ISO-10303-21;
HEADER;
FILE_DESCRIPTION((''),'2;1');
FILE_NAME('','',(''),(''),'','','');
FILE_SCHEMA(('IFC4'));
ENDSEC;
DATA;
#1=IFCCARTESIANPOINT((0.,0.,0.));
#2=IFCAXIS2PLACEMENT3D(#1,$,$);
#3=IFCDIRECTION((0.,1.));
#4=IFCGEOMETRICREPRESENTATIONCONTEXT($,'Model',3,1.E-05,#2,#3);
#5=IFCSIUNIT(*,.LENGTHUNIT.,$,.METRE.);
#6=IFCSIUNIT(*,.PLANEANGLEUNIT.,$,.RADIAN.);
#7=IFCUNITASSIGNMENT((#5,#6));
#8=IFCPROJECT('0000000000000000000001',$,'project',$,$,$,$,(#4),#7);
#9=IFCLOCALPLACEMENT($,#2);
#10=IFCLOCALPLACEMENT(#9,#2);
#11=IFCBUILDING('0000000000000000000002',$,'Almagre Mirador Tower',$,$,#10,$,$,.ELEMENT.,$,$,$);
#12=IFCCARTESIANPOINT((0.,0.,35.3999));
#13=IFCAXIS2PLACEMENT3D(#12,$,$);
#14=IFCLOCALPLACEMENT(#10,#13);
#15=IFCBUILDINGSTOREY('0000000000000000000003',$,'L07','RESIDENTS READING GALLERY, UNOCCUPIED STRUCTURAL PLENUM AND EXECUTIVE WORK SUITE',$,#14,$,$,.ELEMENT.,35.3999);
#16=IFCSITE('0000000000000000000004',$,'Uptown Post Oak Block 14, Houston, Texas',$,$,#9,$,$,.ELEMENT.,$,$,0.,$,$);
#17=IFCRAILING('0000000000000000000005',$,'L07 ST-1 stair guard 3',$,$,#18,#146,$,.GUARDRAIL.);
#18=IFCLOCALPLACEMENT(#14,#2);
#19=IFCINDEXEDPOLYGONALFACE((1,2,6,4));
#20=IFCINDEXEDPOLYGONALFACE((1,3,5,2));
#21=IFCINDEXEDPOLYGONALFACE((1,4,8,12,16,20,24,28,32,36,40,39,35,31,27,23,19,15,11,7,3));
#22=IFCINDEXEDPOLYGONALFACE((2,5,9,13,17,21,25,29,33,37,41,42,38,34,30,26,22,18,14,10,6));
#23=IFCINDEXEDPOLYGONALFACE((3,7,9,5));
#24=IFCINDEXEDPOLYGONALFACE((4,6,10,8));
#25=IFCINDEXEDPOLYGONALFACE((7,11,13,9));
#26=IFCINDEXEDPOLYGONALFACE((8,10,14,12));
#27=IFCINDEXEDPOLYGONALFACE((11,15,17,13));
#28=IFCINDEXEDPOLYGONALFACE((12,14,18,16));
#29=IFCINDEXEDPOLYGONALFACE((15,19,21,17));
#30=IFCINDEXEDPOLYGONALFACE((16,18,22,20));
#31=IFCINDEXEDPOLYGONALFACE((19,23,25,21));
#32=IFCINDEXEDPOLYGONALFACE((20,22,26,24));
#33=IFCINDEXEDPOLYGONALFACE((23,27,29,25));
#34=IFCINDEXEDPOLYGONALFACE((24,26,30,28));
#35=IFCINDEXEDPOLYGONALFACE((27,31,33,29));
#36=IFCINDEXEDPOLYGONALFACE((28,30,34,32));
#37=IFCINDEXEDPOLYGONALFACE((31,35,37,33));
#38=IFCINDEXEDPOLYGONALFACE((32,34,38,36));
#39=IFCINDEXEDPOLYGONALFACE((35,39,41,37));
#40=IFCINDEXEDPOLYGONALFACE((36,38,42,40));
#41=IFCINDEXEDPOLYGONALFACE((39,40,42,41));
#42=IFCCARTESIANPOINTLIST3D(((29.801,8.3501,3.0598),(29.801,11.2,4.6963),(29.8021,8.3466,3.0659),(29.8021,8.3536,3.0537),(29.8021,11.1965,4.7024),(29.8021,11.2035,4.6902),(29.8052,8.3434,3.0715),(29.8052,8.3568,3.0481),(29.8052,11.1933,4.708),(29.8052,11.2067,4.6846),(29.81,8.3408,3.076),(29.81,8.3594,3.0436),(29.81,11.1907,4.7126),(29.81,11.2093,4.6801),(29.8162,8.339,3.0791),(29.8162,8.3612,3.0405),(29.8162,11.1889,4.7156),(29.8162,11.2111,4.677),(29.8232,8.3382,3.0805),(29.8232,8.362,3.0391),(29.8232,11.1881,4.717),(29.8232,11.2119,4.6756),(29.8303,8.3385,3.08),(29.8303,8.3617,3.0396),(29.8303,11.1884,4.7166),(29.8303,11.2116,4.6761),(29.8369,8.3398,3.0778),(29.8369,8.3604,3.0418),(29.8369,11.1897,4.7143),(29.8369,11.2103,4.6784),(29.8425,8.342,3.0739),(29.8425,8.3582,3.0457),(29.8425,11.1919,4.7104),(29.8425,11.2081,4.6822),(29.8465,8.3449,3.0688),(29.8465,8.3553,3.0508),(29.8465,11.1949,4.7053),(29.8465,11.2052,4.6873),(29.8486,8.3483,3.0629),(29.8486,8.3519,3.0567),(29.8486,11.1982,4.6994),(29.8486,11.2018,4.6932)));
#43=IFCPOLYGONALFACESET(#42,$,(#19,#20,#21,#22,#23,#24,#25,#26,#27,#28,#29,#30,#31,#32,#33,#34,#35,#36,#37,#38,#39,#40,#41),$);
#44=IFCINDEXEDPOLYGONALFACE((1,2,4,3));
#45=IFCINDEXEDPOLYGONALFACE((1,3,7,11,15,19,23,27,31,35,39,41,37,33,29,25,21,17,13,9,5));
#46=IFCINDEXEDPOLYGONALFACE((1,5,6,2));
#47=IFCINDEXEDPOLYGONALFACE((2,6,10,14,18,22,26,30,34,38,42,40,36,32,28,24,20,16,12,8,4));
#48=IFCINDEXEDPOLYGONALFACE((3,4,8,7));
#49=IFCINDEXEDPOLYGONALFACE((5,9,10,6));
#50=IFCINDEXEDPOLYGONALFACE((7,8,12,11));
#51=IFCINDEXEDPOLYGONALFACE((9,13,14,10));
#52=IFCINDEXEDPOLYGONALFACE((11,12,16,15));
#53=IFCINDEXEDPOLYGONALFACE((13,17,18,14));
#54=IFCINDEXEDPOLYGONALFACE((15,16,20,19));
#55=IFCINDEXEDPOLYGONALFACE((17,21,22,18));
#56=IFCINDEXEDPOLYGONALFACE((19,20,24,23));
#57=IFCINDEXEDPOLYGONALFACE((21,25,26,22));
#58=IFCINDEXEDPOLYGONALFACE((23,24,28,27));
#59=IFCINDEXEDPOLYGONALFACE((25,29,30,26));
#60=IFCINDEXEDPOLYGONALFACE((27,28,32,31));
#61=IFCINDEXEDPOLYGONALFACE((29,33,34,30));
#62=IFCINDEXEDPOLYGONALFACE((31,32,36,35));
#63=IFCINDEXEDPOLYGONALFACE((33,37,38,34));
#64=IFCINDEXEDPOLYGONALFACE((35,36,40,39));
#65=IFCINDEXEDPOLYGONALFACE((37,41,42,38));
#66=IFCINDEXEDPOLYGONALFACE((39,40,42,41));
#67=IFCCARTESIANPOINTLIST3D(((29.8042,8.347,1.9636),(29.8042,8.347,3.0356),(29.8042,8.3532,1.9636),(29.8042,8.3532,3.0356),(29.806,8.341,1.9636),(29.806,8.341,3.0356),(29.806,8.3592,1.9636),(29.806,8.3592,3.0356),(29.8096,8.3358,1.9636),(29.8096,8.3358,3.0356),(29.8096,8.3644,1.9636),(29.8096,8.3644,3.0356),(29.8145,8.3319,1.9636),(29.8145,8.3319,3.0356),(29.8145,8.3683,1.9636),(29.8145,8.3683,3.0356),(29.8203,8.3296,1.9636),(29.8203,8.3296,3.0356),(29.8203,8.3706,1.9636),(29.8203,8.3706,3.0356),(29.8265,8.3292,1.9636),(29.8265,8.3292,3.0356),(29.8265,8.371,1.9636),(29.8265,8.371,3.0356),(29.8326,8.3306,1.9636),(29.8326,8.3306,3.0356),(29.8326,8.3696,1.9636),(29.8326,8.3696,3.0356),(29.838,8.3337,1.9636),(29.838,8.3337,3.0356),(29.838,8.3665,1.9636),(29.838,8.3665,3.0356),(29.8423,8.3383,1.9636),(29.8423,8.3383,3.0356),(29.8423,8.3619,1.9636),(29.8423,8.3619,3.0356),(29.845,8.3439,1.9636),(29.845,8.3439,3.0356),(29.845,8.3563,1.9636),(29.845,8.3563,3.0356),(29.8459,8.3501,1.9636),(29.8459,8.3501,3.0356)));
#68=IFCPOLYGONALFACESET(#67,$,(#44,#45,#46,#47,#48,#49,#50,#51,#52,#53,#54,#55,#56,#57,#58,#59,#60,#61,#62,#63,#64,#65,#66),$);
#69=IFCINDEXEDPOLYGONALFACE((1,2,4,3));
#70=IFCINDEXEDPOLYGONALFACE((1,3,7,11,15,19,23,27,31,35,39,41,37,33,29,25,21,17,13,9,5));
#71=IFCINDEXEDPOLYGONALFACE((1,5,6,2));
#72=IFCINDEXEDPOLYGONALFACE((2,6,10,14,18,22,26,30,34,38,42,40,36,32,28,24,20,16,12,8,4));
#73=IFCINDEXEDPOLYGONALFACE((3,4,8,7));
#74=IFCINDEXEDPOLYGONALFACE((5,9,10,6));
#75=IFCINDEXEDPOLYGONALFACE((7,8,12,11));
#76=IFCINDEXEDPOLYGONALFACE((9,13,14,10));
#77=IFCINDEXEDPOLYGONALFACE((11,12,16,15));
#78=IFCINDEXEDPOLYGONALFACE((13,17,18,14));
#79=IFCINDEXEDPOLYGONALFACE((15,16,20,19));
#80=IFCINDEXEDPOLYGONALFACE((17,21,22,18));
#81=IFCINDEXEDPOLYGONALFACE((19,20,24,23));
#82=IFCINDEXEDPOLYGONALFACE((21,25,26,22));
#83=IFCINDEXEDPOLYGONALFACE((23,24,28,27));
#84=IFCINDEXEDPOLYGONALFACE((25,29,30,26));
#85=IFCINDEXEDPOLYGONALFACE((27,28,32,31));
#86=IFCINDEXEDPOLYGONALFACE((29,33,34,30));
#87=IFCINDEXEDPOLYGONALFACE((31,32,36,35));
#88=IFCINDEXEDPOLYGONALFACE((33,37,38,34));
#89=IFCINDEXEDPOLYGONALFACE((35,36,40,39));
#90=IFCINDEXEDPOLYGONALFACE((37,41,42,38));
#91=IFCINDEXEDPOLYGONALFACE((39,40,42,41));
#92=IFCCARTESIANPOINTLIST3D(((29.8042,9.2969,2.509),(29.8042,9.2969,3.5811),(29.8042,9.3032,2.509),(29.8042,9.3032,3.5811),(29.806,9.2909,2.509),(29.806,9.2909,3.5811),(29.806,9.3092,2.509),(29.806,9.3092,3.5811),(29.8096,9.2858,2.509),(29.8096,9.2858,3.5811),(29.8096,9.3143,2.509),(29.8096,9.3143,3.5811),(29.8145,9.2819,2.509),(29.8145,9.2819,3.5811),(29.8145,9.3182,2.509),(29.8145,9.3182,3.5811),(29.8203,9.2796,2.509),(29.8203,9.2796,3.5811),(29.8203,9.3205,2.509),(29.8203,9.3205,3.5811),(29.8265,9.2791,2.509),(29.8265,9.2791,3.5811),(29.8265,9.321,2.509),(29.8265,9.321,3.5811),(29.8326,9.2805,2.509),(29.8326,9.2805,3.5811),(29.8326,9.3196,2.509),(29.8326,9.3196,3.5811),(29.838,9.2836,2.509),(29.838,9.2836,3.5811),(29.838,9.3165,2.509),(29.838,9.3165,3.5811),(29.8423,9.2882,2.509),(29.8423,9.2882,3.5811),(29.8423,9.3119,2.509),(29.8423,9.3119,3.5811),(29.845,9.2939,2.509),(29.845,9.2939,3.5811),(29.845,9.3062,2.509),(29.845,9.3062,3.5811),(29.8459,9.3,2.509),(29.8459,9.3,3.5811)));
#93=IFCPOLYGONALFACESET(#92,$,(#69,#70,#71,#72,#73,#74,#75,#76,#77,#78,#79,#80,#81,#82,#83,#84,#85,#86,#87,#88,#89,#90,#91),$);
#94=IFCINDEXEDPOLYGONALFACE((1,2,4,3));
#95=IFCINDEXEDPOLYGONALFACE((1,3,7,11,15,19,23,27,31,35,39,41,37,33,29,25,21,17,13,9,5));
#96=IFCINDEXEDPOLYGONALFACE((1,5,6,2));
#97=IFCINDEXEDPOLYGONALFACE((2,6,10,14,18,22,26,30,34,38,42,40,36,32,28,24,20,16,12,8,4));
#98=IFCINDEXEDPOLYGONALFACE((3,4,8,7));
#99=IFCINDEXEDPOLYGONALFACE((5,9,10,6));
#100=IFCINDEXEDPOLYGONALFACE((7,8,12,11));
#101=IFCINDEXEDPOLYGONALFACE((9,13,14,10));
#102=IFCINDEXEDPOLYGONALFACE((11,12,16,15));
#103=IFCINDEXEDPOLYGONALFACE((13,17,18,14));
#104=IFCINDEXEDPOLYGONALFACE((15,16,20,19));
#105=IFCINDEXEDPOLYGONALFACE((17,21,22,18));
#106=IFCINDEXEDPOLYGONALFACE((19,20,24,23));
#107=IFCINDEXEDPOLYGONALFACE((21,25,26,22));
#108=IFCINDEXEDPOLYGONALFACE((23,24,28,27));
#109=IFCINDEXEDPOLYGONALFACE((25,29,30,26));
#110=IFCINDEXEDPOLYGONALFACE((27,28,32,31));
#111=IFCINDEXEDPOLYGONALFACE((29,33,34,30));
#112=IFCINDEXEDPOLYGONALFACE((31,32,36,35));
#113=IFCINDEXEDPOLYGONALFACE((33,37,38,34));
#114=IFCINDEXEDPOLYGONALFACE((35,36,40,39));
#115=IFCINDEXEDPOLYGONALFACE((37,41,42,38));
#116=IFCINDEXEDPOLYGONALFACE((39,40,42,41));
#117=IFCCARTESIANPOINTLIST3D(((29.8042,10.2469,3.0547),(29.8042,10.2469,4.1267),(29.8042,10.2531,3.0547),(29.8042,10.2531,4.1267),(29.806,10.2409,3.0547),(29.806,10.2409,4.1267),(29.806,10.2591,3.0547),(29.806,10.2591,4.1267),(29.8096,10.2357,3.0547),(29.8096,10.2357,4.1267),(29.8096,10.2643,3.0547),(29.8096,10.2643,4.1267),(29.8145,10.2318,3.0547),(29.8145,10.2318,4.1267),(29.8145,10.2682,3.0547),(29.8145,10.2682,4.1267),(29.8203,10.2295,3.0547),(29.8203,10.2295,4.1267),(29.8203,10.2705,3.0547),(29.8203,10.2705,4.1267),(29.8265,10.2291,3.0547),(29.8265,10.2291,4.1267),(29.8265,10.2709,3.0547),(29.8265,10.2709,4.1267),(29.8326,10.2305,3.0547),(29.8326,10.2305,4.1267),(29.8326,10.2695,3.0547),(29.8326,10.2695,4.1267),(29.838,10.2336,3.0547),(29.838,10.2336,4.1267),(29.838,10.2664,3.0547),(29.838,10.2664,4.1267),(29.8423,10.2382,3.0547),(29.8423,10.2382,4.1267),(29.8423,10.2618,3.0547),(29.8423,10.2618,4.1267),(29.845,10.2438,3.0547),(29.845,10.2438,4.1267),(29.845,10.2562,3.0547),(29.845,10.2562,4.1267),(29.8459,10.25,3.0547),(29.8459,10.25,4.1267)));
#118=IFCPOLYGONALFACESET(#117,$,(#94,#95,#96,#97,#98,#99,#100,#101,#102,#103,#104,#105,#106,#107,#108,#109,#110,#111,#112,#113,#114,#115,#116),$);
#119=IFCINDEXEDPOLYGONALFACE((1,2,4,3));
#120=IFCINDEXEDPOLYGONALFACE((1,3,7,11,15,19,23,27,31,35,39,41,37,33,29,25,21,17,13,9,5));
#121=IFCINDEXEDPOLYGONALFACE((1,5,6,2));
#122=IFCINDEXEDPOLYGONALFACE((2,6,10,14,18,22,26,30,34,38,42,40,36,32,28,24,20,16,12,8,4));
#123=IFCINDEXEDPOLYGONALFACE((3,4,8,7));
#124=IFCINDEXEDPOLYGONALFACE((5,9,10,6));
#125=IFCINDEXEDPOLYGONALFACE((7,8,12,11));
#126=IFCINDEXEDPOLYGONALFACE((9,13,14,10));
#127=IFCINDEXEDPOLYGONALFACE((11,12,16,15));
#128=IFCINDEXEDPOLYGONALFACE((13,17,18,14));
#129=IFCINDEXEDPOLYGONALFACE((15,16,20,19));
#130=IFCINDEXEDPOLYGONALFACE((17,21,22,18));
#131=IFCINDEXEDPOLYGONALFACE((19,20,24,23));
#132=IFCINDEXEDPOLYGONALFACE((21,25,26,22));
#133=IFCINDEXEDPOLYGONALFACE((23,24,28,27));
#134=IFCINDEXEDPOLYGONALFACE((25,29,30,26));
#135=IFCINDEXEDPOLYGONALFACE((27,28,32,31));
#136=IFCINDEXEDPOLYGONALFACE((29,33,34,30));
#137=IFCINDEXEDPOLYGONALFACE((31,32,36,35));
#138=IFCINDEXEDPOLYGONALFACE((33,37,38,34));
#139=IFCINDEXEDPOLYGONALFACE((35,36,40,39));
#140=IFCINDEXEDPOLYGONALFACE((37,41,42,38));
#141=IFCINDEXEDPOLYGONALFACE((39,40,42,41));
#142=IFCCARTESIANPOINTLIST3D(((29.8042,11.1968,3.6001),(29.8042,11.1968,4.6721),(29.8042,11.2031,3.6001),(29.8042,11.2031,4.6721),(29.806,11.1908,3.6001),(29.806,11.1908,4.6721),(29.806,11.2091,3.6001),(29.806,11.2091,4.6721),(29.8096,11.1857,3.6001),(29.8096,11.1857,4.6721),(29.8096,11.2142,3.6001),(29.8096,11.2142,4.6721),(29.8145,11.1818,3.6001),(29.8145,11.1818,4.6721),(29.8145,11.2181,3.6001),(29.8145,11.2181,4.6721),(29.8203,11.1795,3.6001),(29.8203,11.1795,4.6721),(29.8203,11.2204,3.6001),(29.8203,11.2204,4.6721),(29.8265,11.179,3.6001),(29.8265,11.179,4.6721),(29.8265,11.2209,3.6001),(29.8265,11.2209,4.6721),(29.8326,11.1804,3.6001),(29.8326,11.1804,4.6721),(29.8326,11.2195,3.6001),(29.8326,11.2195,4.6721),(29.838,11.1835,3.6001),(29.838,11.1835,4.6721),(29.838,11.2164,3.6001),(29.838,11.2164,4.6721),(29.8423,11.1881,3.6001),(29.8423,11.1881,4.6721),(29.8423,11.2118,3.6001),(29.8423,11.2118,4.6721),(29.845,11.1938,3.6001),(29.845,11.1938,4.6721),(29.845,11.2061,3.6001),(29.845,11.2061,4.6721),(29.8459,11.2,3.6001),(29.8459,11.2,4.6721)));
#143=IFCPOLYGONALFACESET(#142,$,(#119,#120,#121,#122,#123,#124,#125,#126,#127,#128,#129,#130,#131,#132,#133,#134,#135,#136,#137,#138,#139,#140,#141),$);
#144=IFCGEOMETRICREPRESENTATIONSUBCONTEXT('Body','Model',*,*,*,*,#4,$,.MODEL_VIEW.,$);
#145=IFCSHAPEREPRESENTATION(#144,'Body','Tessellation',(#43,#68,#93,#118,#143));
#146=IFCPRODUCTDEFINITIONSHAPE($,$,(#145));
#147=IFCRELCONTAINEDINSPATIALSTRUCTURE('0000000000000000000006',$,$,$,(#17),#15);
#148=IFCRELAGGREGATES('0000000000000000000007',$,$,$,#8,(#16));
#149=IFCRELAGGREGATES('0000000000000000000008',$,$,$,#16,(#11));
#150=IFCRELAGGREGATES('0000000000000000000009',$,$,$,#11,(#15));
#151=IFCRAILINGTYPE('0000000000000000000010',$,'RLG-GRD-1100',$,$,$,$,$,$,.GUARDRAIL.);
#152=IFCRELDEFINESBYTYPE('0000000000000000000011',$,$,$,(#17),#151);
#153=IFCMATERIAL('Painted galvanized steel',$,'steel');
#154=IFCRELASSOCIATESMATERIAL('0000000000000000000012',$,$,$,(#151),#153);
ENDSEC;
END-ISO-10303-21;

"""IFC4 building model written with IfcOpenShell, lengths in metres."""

from ifc_helpers import new_model, si_unit, direction, frame, origin, origin_2d, place, context, subcontext, project, spatial, circle, extrude, material, type_object, element, save


model = new_model("IFC4")

# Units and contexts
model_context = context("Model", 3, precision=1e-05, world=origin(), true_north=direction((0.0, 1.0)))
body_context = subcontext(model_context, "Body", "Model", "MODEL_VIEW")
ifc_project = project(units=[si_unit("LENGTHUNIT", "METRE"), si_unit("PLANEANGLEUNIT", "RADIAN")], contexts=[model_context])

# Site, building, storey
site_placement = place(None, origin())
site = spatial("IfcSite", under=ifc_project, at=site_placement, Name="Uptown Post Oak Block 14, Houston, Texas", CompositionType="ELEMENT", RefElevation=0.0)
building_placement = place(site_placement, origin())
building = spatial("IfcBuilding", under=site, at=building_placement, Name="Almagre Mirador Tower", CompositionType="ELEMENT")
storey_placement = place(building_placement, frame((0.0, 0.0, 35.3999)))
storey = spatial("IfcBuildingStorey", under=building, at=storey_placement, Name="L07", Description="RESIDENTS READING GALLERY, UNOCCUPIED STRUCTURAL PLENUM AND EXECUTIVE WORK SUITE", CompositionType="ELEMENT", Elevation=35.3999)

# Railing
ifc_material_1 = material(Name="Painted galvanized steel", Category="steel")
railing_type_1 = type_object("IfcRailingType", Name="RLG-GRD-1100", PredefinedType="GUARDRAIL", material=ifc_material_1)
railing_1_placement = place(storey_placement, frame((29.825, 8.3501, 1.9636)))
element("IfcRailing", 1, at=railing_1_placement, inside=storey, type_object=railing_type_1, Name="L07 ST-1 stair guard 3", PredefinedType="GUARDRAIL", context=body_context, shape_type="SweptSolid", body=[
    extrude(circle(Radius=0.0239, at=origin_2d()), frame((0.0, 0.0, 1.0962), z_axis=(0.0, 0.867194, 0.49797), x_axis=(-1.0, 0.0, 0.0)), (0.0, 0.0, 1.0), 3.2864),
    extrude(circle(Radius=0.021, at=origin_2d()), origin(), (0.0, 0.0, 1.0), 1.072),
    extrude(circle(Radius=0.021, at=origin_2d()), frame((0.0, 0.95, 0.5454)), (0.0, 0.0, 1.0), 1.072),
    extrude(circle(Radius=0.021, at=origin_2d()), frame((0.0, 1.8999, 1.0911)), (0.0, 0.0, 1.0), 1.072),
    extrude(circle(Radius=0.021, at=origin_2d()), frame((0.0, 2.8499, 1.6365)), (0.0, 0.0, 1.0), 1.072),
])

save(model, "model.ifc")
